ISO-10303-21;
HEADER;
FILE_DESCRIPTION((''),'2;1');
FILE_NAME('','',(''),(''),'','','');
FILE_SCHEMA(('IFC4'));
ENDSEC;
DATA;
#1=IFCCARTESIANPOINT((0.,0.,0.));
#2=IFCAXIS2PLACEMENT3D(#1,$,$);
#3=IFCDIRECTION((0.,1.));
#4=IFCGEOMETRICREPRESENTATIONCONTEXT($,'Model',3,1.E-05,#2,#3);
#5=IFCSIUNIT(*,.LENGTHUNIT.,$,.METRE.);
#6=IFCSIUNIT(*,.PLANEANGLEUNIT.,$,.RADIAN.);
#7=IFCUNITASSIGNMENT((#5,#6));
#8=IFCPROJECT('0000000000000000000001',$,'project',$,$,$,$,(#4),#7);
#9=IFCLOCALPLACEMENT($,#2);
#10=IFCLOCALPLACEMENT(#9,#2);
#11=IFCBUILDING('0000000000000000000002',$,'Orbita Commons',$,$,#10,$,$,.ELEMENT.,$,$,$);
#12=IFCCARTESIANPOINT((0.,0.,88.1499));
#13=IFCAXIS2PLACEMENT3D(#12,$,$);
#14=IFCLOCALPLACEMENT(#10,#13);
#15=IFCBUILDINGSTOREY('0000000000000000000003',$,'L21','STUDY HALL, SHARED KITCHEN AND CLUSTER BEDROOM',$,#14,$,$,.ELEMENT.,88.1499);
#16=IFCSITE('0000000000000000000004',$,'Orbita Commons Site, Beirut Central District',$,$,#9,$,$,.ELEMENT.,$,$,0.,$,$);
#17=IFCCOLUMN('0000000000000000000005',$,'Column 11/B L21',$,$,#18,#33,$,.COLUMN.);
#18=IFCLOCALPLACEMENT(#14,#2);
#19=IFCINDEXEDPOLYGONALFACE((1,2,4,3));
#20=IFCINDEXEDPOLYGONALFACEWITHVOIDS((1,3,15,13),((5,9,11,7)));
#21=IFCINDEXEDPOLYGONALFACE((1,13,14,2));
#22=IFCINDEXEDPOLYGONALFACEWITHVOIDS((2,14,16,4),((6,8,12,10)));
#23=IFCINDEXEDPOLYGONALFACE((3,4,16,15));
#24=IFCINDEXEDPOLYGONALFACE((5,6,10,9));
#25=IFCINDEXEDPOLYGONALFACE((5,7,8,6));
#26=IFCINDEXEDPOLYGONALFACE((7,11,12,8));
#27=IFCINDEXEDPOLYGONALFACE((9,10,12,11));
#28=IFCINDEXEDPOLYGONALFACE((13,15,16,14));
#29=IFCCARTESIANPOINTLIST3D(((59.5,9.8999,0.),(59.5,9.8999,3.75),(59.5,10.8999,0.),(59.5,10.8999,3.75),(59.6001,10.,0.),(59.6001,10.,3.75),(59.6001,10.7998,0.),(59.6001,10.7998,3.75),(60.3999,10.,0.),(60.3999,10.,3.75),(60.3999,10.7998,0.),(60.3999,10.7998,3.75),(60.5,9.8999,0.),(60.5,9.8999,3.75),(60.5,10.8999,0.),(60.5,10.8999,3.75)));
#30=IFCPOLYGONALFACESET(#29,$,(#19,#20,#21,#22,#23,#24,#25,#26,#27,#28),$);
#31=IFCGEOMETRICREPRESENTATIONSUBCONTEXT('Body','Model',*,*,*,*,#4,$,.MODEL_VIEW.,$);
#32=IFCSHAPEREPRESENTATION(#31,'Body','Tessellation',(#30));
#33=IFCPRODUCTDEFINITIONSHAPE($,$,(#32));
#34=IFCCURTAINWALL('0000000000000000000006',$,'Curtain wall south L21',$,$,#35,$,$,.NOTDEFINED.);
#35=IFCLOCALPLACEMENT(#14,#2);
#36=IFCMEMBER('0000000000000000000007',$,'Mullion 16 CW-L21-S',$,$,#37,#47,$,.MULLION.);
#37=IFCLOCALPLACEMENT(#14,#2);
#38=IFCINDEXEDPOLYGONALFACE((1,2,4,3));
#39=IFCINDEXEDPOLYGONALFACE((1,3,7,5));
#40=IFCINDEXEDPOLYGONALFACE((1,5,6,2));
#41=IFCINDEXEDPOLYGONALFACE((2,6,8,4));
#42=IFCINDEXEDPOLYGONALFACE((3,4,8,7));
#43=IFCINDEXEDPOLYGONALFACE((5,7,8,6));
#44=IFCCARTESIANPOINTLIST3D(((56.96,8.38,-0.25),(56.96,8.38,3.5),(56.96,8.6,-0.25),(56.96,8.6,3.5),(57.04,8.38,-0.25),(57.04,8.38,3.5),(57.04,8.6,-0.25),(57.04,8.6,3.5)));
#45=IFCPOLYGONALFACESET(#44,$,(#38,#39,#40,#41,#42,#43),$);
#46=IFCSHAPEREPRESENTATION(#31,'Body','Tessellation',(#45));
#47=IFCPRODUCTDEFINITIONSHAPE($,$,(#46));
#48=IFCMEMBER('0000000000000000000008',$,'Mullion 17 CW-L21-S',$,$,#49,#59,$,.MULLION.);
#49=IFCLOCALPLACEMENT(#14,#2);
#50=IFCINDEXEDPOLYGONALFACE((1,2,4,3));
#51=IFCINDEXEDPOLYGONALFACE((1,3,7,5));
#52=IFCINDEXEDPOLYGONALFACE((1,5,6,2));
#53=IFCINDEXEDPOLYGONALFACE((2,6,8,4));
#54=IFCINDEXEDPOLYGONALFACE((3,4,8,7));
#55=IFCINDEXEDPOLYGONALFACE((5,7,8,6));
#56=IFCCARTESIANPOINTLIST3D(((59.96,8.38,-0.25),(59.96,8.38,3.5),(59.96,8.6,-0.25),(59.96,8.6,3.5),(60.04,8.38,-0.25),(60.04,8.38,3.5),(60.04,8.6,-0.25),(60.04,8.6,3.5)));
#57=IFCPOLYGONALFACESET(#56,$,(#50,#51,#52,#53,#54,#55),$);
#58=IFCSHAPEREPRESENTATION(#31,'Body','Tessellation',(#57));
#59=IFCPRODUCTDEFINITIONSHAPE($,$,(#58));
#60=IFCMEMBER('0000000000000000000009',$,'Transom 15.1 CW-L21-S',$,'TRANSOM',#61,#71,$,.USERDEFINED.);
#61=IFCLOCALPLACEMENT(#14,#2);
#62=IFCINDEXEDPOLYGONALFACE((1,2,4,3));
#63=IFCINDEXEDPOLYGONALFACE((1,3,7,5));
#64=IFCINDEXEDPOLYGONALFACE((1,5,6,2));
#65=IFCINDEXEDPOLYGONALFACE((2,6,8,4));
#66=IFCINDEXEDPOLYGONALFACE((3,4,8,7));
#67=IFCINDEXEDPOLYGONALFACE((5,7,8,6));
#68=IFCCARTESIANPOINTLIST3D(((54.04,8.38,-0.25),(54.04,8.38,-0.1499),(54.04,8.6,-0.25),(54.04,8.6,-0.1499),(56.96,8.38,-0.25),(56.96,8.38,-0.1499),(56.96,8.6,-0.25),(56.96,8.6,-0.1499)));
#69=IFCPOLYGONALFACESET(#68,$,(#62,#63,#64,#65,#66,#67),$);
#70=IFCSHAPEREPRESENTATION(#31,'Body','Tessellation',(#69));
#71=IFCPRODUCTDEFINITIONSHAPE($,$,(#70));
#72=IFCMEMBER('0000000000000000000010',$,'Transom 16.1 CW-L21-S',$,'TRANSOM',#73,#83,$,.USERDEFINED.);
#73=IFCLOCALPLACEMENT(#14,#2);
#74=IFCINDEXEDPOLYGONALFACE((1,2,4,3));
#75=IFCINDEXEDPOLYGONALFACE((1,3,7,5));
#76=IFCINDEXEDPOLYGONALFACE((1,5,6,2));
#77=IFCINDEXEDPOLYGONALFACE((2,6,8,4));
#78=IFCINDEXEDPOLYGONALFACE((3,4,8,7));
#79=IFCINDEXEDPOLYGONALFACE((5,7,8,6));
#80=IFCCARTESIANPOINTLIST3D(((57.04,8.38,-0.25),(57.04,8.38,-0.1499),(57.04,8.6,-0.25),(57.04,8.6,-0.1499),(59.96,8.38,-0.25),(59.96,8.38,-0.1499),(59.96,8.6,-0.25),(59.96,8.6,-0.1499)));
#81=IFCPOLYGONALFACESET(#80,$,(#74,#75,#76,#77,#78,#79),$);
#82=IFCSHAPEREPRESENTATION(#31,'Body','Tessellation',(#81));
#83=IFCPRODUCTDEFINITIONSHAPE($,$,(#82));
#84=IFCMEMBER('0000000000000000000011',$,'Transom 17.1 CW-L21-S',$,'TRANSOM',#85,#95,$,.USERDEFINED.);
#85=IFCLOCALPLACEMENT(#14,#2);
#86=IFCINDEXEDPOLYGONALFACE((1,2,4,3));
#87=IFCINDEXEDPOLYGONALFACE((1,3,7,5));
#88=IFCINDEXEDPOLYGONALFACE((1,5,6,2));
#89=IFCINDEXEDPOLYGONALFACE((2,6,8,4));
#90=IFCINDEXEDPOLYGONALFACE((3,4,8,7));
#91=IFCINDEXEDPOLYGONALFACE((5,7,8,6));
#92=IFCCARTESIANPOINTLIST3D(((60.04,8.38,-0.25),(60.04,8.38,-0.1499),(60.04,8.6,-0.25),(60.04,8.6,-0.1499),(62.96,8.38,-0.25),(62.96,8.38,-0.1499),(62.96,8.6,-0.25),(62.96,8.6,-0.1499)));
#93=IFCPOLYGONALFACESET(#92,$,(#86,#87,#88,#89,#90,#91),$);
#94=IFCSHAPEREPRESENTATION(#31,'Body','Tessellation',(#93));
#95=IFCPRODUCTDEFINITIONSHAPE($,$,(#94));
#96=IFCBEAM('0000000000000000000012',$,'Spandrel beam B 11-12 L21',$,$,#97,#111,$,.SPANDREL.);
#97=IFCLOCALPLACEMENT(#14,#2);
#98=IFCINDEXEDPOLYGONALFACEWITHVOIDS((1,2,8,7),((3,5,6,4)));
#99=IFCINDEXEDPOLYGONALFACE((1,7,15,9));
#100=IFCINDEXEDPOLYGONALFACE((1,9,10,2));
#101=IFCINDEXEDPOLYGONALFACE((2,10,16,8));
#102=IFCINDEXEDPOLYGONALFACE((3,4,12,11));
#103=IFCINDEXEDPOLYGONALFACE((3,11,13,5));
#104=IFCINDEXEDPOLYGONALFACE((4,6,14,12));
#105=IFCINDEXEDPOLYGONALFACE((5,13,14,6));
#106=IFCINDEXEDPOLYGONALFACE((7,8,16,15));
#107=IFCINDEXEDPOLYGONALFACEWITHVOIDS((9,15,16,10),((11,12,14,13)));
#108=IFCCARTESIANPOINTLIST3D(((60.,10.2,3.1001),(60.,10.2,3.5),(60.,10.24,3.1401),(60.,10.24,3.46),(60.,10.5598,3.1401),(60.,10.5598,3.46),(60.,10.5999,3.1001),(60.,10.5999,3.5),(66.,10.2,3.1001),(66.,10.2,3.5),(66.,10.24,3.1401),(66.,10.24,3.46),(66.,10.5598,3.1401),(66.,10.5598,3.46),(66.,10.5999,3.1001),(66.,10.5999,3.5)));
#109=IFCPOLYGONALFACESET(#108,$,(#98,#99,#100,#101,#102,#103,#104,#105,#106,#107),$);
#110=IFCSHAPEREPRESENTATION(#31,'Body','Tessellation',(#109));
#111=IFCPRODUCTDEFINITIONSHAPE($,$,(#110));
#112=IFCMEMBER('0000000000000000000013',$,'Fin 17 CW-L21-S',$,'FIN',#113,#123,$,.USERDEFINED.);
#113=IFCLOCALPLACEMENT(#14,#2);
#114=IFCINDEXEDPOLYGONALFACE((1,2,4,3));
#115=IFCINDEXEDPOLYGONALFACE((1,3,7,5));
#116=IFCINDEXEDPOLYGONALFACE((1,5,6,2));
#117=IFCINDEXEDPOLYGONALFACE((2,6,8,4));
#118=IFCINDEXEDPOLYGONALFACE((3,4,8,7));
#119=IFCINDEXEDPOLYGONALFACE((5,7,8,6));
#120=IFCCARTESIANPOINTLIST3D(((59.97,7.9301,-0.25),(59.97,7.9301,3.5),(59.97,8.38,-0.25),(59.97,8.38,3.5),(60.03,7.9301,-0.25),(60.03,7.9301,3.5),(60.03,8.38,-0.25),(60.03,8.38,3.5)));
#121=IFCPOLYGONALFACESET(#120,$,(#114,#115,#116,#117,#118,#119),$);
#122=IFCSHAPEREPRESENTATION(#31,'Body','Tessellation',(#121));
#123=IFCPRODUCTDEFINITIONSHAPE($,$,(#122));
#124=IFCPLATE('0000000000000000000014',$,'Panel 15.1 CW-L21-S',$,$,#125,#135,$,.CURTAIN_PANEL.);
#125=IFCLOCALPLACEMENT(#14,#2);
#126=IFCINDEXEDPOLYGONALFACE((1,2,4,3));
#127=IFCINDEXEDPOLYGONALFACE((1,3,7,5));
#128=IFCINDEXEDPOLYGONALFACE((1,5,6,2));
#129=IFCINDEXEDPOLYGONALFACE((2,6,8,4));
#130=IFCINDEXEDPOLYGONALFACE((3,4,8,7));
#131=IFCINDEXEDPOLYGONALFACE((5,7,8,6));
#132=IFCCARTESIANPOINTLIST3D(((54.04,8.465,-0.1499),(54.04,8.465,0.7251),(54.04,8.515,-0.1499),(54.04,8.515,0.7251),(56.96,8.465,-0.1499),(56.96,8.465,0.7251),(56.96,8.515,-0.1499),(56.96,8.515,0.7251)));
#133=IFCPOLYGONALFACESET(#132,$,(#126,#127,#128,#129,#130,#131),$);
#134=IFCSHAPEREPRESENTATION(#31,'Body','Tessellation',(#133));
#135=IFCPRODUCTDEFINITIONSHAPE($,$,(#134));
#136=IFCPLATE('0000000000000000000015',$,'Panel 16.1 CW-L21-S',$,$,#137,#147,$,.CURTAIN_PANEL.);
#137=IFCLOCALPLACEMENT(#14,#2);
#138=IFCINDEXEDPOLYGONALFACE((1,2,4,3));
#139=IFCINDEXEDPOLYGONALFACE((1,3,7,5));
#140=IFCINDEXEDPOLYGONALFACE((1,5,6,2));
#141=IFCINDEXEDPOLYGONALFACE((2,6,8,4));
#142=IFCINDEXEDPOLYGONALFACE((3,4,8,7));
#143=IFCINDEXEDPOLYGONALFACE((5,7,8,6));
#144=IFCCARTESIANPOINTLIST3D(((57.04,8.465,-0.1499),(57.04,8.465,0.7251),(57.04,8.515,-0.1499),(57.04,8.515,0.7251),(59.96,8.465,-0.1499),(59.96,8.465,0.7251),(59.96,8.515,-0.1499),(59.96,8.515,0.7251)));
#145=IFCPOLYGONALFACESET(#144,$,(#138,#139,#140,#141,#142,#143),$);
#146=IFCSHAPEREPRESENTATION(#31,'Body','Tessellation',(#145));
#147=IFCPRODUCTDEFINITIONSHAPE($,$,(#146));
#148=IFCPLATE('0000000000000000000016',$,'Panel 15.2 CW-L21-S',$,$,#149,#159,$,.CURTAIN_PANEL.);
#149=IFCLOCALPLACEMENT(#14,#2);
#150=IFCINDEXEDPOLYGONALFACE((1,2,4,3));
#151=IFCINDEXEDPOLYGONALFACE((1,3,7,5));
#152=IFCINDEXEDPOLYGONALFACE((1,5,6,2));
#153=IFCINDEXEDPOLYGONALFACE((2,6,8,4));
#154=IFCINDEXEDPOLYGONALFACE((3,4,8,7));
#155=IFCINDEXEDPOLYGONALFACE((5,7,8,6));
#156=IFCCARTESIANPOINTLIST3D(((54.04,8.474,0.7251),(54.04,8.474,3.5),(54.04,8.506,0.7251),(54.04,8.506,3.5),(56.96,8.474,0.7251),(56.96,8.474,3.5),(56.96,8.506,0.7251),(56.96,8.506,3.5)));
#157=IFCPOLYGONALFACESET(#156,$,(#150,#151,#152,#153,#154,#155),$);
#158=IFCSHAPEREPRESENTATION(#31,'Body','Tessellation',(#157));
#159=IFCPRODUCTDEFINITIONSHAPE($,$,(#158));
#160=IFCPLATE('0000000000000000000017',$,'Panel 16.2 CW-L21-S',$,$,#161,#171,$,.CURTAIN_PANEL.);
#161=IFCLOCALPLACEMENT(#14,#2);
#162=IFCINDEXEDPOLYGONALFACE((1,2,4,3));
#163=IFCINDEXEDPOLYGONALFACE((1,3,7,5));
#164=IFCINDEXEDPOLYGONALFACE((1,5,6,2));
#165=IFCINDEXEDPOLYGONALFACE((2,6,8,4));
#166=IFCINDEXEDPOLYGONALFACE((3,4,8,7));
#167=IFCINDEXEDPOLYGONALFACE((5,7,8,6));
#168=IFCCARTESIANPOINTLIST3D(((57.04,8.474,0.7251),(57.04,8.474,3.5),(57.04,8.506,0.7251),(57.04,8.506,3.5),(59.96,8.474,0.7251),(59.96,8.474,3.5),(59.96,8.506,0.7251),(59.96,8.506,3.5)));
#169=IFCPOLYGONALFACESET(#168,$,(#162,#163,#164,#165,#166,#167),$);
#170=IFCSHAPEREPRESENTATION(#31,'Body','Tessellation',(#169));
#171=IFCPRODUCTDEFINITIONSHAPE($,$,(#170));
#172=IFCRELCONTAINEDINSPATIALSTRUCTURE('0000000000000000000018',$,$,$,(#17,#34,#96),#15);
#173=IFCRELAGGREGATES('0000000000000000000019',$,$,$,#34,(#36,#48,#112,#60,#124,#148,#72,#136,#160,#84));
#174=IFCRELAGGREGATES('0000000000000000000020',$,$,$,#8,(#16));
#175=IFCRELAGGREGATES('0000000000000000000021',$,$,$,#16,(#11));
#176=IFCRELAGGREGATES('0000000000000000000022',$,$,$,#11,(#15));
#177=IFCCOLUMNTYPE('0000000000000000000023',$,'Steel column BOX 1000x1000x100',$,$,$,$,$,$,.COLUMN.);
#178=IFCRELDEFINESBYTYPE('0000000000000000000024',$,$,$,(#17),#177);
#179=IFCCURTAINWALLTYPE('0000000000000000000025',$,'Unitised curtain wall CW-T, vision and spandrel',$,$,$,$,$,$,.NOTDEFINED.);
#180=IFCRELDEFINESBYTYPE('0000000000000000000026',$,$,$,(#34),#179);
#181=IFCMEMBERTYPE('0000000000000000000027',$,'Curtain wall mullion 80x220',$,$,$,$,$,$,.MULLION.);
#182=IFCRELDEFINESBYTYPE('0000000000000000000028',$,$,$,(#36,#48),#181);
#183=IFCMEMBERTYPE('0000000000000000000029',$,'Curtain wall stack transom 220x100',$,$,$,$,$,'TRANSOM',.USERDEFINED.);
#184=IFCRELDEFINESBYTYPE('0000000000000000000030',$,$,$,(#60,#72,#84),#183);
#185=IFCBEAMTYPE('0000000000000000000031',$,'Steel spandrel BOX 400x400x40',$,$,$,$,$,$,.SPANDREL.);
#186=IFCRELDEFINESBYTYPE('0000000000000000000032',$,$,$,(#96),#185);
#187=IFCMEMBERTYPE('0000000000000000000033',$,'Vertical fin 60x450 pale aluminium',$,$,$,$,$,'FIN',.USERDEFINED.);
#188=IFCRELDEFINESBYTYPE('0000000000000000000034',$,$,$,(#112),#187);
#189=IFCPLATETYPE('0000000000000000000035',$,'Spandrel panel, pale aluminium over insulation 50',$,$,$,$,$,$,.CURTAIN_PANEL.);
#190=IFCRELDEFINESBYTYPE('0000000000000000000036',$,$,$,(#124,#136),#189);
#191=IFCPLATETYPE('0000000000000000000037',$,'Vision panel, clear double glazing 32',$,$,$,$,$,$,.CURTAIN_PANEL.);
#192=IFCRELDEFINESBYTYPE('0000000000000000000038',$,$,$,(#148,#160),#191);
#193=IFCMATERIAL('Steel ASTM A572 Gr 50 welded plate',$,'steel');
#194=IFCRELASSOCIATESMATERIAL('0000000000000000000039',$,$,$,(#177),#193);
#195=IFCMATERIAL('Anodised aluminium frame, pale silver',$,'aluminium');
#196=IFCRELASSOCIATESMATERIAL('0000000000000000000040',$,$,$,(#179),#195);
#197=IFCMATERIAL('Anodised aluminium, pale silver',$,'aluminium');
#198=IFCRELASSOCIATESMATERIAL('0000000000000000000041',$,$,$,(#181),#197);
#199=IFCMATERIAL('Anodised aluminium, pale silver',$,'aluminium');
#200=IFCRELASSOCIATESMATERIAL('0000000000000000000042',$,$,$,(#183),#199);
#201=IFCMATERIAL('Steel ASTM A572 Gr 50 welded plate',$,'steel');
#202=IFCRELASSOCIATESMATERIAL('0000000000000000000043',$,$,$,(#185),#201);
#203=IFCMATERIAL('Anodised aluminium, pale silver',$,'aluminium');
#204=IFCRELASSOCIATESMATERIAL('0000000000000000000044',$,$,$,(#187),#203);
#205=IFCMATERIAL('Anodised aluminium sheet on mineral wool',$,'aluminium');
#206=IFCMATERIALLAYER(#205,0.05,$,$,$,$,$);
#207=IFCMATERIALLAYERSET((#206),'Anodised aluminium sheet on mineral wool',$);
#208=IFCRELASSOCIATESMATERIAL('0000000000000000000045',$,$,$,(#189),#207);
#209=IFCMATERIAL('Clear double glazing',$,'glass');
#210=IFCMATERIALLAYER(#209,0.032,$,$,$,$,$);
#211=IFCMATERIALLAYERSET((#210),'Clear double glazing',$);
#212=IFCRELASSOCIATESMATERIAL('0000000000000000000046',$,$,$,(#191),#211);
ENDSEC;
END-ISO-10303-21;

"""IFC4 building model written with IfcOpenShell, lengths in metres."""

from ifc_helpers import new_model, si_unit, direction, frame, origin, origin_2d, place, context, subcontext, project, spatial, rectangle, hollow_rectangle, extrude, material, layer, layer_set, material_profile, profile_set, type_object, element, aggregate, save


model = new_model("IFC4")

# Units and contexts
model_context = context("Model", 3, precision=1e-05, world=origin(), true_north=direction((0.0, 1.0)))
body_context = subcontext(model_context, "Body", "Model", "MODEL_VIEW")
ifc_project = project(units=[si_unit("LENGTHUNIT", "METRE"), si_unit("PLANEANGLEUNIT", "RADIAN")], contexts=[model_context])

# Site, building, storey
site_placement = place(None, origin())
site = spatial("IfcSite", under=ifc_project, at=site_placement, Name="Orbita Commons Site, Beirut Central District", CompositionType="ELEMENT", RefElevation=0.0)
building_placement = place(site_placement, origin())
building = spatial("IfcBuilding", under=site, at=building_placement, Name="Orbita Commons", CompositionType="ELEMENT")
storey_placement = place(building_placement, frame((0.0, 0.0, 88.1499)))
storey = spatial("IfcBuildingStorey", under=building, at=storey_placement, Name="L21", Description="STUDY HALL, SHARED KITCHEN AND CLUSTER BEDROOM", CompositionType="ELEMENT", Elevation=88.1499)

# Column
ifc_material_1 = material(Name="Steel ASTM A572 Gr 50 welded plate", Category="steel")
ifc_material_profile_1 = material_profile(ifc_material_1, hollow_rectangle(XDim=1.0, YDim=1.0, WallThickness=0.1001, at=origin_2d()), Name="BOX 1000x1000x100")
ifc_profile_set_1 = profile_set([ifc_material_profile_1], Name="Steel ASTM A572 Gr 50 welded plate")
column_type = type_object("IfcColumnType", Name="Steel column BOX 1000x1000x100", PredefinedType="COLUMN", material=ifc_profile_set_1)
column_placement = place(storey_placement, frame((60.0, 10.3999, 0.0), z_axis=(0.0, 0.0, 1.0), x_axis=(1.0, 0.0, 0.0)))
element("IfcColumn", 1, at=column_placement, inside=storey, type_object=column_type, Name="Column 11/B L21", PredefinedType="COLUMN", context=body_context, shape_type="SweptSolid", body=[
    extrude(hollow_rectangle(XDim=1.0, YDim=1.0, WallThickness=0.1001, at=origin_2d()), origin(), (0.0, 0.0, 1.0), 3.75),
])

# Curtain wall, members
ifc_material_2 = material(Name="Anodised aluminium frame, pale silver", Category="aluminium")
curtain_wall_type = type_object("IfcCurtainWallType", Name="Unitised curtain wall CW-T, vision and spandrel", PredefinedType="NOTDEFINED", material=ifc_material_2)
curtain_wall_placement = place(storey_placement, origin())
curtain_wall = element("IfcCurtainWall", 2, at=curtain_wall_placement, inside=storey, type_object=curtain_wall_type, Name="Curtain wall south L21", PredefinedType="NOTDEFINED")
ifc_material_3 = material(Name="Anodised aluminium, pale silver", Category="aluminium")
ifc_material_profile_2 = material_profile(ifc_material_3, rectangle(XDim=0.0801, YDim=0.22, at=origin_2d()), Name="AL 80x220")
ifc_profile_set_2 = profile_set([ifc_material_profile_2], Name="Anodised aluminium, pale silver")
member_type_1 = type_object("IfcMemberType", Name="Curtain wall mullion 80x220", PredefinedType="MULLION", material=ifc_profile_set_2)
member_1_placement = place(storey_placement, frame((57.0, 8.49, -0.25), z_axis=(0.0, 0.0, 1.0), x_axis=(1.0, 0.0, 0.0)))
member_1 = element("IfcMember", 3, at=member_1_placement, type_object=member_type_1, Name="Mullion 16 CW-L21-S", PredefinedType="MULLION", context=body_context, shape_type="SweptSolid", body=[
    extrude(rectangle(XDim=0.0801, YDim=0.22, at=origin_2d()), origin(), (0.0, 0.0, 1.0), 3.75),
])
member_2_placement = place(storey_placement, frame((60.0, 8.49, -0.25), z_axis=(0.0, 0.0, 1.0), x_axis=(1.0, 0.0, 0.0)))
member_2 = element("IfcMember", 4, at=member_2_placement, type_object=member_type_1, Name="Mullion 17 CW-L21-S", PredefinedType="MULLION", context=body_context, shape_type="SweptSolid", body=[
    extrude(rectangle(XDim=0.0801, YDim=0.22, at=origin_2d()), origin(), (0.0, 0.0, 1.0), 3.75),
])
ifc_material_4 = material(Name="Anodised aluminium, pale silver", Category="aluminium")
ifc_material_profile_3 = material_profile(ifc_material_4, rectangle(XDim=0.22, YDim=0.1001, at=origin_2d()), Name="AL 220x100")
ifc_profile_set_3 = profile_set([ifc_material_profile_3], Name="Anodised aluminium, pale silver")
member_type_2 = type_object("IfcMemberType", Name="Curtain wall stack transom 220x100", ElementType="TRANSOM", PredefinedType="USERDEFINED", material=ifc_profile_set_3)
member_3_placement = place(storey_placement, frame((54.04, 8.49, -0.2), z_axis=(1.0, 0.0, 0.0), x_axis=(0.0, 1.0, 0.0)))
member_3 = element("IfcMember", 5, at=member_3_placement, type_object=member_type_2, Name="Transom 15.1 CW-L21-S", ObjectType="TRANSOM", PredefinedType="USERDEFINED", context=body_context, shape_type="SweptSolid", body=[
    extrude(rectangle(XDim=0.22, YDim=0.1001, at=origin_2d()), origin(), (0.0, 0.0, 1.0), 2.9199),
])
member_4_placement = place(storey_placement, frame((57.04, 8.49, -0.2), z_axis=(1.0, 0.0, 0.0), x_axis=(0.0, 1.0, 0.0)))
member_4 = element("IfcMember", 6, at=member_4_placement, type_object=member_type_2, Name="Transom 16.1 CW-L21-S", ObjectType="TRANSOM", PredefinedType="USERDEFINED", context=body_context, shape_type="SweptSolid", body=[
    extrude(rectangle(XDim=0.22, YDim=0.1001, at=origin_2d()), origin(), (0.0, 0.0, 1.0), 2.9199),
])
member_5_placement = place(storey_placement, frame((60.04, 8.49, -0.2), z_axis=(1.0, 0.0, 0.0), x_axis=(0.0, 1.0, 0.0)))
member_5 = element("IfcMember", 7, at=member_5_placement, type_object=member_type_2, Name="Transom 17.1 CW-L21-S", ObjectType="TRANSOM", PredefinedType="USERDEFINED", context=body_context, shape_type="SweptSolid", body=[
    extrude(rectangle(XDim=0.22, YDim=0.1001, at=origin_2d()), origin(), (0.0, 0.0, 1.0), 2.9199),
])

# Beam
ifc_material_5 = material(Name="Steel ASTM A572 Gr 50 welded plate", Category="steel")
ifc_material_profile_4 = material_profile(ifc_material_5, hollow_rectangle(XDim=0.3999, YDim=0.3999, WallThickness=0.04, at=origin_2d()), Name="BOX 400x400x40")
ifc_profile_set_4 = profile_set([ifc_material_profile_4], Name="Steel ASTM A572 Gr 50 welded plate")
beam_type = type_object("IfcBeamType", Name="Steel spandrel BOX 400x400x40", PredefinedType="SPANDREL", material=ifc_profile_set_4)
beam_placement = place(storey_placement, frame((60.0, 10.3999, 3.3), z_axis=(1.0, 0.0, 0.0), x_axis=(0.0, 1.0, 0.0)))
element("IfcBeam", 8, at=beam_placement, inside=storey, type_object=beam_type, Name="Spandrel beam B 11-12 L21", PredefinedType="SPANDREL", context=body_context, shape_type="SweptSolid", body=[
    extrude(hollow_rectangle(XDim=0.3999, YDim=0.3999, WallThickness=0.04, at=origin_2d()), origin(), (0.0, 0.0, 1.0), 6.0),
])

# Member
ifc_material_6 = material(Name="Anodised aluminium, pale silver", Category="aluminium")
ifc_material_profile_5 = material_profile(ifc_material_6, rectangle(XDim=0.0601, YDim=0.45, at=origin_2d()), Name="FIN 60x450")
ifc_profile_set_5 = profile_set([ifc_material_profile_5], Name="Anodised aluminium, pale silver")
member_type_3 = type_object("IfcMemberType", Name="Vertical fin 60x450 pale aluminium", ElementType="FIN", PredefinedType="USERDEFINED", material=ifc_profile_set_5)
member_6_placement = place(storey_placement, frame((60.0, 8.155, -0.25), z_axis=(0.0, 0.0, 1.0), x_axis=(1.0, 0.0, 0.0)))
member_6 = element("IfcMember", 9, at=member_6_placement, type_object=member_type_3, Name="Fin 17 CW-L21-S", ObjectType="FIN", PredefinedType="USERDEFINED", context=body_context, shape_type="SweptSolid", body=[
    extrude(rectangle(XDim=0.0601, YDim=0.45, at=origin_2d()), origin(), (0.0, 0.0, 1.0), 3.75),
])

# Plates
ifc_material_7 = material(Name="Anodised aluminium sheet on mineral wool", Category="aluminium")
ifc_layer_1 = layer(ifc_material_7, 0.05)
ifc_layer_set_1 = layer_set([ifc_layer_1], Name="Anodised aluminium sheet on mineral wool")
plate_type_1 = type_object("IfcPlateType", Name="Spandrel panel, pale aluminium over insulation 50", PredefinedType="CURTAIN_PANEL", material=ifc_layer_set_1)
plate_1_placement = place(storey_placement, frame((55.5, 8.49, -0.1499), z_axis=(0.0, 0.0, 1.0), x_axis=(1.0, 0.0, 0.0)))
plate_1 = element("IfcPlate", 10, at=plate_1_placement, type_object=plate_type_1, Name="Panel 15.1 CW-L21-S", PredefinedType="CURTAIN_PANEL", context=body_context, shape_type="SweptSolid", body=[
    extrude(rectangle(XDim=2.9199, YDim=0.05, at=origin_2d()), origin(), (0.0, 0.0, 1.0), 0.875),
])
plate_2_placement = place(storey_placement, frame((58.5, 8.49, -0.1499), z_axis=(0.0, 0.0, 1.0), x_axis=(1.0, 0.0, 0.0)))
plate_2 = element("IfcPlate", 11, at=plate_2_placement, type_object=plate_type_1, Name="Panel 16.1 CW-L21-S", PredefinedType="CURTAIN_PANEL", context=body_context, shape_type="SweptSolid", body=[
    extrude(rectangle(XDim=2.9199, YDim=0.05, at=origin_2d()), origin(), (0.0, 0.0, 1.0), 0.875),
])
ifc_material_8 = material(Name="Clear double glazing", Category="glass")
ifc_layer_2 = layer(ifc_material_8, 0.032)
ifc_layer_set_2 = layer_set([ifc_layer_2], Name="Clear double glazing")
plate_type_2 = type_object("IfcPlateType", Name="Vision panel, clear double glazing 32", PredefinedType="CURTAIN_PANEL", material=ifc_layer_set_2)
plate_3_placement = place(storey_placement, frame((55.5, 8.49, 0.7251), z_axis=(0.0, 0.0, 1.0), x_axis=(1.0, 0.0, 0.0)))
plate_3 = element("IfcPlate", 12, at=plate_3_placement, type_object=plate_type_2, Name="Panel 15.2 CW-L21-S", PredefinedType="CURTAIN_PANEL", context=body_context, shape_type="SweptSolid", body=[
    extrude(rectangle(XDim=2.9199, YDim=0.032, at=origin_2d()), origin(), (0.0, 0.0, 1.0), 2.7749),
])
plate_4_placement = place(storey_placement, frame((58.5, 8.49, 0.7251), z_axis=(0.0, 0.0, 1.0), x_axis=(1.0, 0.0, 0.0)))
plate_4 = element("IfcPlate", 13, at=plate_4_placement, type_object=plate_type_2, Name="Panel 16.2 CW-L21-S", PredefinedType="CURTAIN_PANEL", context=body_context, shape_type="SweptSolid", body=[
    extrude(rectangle(XDim=2.9199, YDim=0.032, at=origin_2d()), origin(), (0.0, 0.0, 1.0), 2.7749),
])
aggregate(curtain_wall, [member_1, member_2, member_6, member_3, plate_1, plate_3, member_4, plate_2, plate_4, member_5])

save(model, "model.ifc")
